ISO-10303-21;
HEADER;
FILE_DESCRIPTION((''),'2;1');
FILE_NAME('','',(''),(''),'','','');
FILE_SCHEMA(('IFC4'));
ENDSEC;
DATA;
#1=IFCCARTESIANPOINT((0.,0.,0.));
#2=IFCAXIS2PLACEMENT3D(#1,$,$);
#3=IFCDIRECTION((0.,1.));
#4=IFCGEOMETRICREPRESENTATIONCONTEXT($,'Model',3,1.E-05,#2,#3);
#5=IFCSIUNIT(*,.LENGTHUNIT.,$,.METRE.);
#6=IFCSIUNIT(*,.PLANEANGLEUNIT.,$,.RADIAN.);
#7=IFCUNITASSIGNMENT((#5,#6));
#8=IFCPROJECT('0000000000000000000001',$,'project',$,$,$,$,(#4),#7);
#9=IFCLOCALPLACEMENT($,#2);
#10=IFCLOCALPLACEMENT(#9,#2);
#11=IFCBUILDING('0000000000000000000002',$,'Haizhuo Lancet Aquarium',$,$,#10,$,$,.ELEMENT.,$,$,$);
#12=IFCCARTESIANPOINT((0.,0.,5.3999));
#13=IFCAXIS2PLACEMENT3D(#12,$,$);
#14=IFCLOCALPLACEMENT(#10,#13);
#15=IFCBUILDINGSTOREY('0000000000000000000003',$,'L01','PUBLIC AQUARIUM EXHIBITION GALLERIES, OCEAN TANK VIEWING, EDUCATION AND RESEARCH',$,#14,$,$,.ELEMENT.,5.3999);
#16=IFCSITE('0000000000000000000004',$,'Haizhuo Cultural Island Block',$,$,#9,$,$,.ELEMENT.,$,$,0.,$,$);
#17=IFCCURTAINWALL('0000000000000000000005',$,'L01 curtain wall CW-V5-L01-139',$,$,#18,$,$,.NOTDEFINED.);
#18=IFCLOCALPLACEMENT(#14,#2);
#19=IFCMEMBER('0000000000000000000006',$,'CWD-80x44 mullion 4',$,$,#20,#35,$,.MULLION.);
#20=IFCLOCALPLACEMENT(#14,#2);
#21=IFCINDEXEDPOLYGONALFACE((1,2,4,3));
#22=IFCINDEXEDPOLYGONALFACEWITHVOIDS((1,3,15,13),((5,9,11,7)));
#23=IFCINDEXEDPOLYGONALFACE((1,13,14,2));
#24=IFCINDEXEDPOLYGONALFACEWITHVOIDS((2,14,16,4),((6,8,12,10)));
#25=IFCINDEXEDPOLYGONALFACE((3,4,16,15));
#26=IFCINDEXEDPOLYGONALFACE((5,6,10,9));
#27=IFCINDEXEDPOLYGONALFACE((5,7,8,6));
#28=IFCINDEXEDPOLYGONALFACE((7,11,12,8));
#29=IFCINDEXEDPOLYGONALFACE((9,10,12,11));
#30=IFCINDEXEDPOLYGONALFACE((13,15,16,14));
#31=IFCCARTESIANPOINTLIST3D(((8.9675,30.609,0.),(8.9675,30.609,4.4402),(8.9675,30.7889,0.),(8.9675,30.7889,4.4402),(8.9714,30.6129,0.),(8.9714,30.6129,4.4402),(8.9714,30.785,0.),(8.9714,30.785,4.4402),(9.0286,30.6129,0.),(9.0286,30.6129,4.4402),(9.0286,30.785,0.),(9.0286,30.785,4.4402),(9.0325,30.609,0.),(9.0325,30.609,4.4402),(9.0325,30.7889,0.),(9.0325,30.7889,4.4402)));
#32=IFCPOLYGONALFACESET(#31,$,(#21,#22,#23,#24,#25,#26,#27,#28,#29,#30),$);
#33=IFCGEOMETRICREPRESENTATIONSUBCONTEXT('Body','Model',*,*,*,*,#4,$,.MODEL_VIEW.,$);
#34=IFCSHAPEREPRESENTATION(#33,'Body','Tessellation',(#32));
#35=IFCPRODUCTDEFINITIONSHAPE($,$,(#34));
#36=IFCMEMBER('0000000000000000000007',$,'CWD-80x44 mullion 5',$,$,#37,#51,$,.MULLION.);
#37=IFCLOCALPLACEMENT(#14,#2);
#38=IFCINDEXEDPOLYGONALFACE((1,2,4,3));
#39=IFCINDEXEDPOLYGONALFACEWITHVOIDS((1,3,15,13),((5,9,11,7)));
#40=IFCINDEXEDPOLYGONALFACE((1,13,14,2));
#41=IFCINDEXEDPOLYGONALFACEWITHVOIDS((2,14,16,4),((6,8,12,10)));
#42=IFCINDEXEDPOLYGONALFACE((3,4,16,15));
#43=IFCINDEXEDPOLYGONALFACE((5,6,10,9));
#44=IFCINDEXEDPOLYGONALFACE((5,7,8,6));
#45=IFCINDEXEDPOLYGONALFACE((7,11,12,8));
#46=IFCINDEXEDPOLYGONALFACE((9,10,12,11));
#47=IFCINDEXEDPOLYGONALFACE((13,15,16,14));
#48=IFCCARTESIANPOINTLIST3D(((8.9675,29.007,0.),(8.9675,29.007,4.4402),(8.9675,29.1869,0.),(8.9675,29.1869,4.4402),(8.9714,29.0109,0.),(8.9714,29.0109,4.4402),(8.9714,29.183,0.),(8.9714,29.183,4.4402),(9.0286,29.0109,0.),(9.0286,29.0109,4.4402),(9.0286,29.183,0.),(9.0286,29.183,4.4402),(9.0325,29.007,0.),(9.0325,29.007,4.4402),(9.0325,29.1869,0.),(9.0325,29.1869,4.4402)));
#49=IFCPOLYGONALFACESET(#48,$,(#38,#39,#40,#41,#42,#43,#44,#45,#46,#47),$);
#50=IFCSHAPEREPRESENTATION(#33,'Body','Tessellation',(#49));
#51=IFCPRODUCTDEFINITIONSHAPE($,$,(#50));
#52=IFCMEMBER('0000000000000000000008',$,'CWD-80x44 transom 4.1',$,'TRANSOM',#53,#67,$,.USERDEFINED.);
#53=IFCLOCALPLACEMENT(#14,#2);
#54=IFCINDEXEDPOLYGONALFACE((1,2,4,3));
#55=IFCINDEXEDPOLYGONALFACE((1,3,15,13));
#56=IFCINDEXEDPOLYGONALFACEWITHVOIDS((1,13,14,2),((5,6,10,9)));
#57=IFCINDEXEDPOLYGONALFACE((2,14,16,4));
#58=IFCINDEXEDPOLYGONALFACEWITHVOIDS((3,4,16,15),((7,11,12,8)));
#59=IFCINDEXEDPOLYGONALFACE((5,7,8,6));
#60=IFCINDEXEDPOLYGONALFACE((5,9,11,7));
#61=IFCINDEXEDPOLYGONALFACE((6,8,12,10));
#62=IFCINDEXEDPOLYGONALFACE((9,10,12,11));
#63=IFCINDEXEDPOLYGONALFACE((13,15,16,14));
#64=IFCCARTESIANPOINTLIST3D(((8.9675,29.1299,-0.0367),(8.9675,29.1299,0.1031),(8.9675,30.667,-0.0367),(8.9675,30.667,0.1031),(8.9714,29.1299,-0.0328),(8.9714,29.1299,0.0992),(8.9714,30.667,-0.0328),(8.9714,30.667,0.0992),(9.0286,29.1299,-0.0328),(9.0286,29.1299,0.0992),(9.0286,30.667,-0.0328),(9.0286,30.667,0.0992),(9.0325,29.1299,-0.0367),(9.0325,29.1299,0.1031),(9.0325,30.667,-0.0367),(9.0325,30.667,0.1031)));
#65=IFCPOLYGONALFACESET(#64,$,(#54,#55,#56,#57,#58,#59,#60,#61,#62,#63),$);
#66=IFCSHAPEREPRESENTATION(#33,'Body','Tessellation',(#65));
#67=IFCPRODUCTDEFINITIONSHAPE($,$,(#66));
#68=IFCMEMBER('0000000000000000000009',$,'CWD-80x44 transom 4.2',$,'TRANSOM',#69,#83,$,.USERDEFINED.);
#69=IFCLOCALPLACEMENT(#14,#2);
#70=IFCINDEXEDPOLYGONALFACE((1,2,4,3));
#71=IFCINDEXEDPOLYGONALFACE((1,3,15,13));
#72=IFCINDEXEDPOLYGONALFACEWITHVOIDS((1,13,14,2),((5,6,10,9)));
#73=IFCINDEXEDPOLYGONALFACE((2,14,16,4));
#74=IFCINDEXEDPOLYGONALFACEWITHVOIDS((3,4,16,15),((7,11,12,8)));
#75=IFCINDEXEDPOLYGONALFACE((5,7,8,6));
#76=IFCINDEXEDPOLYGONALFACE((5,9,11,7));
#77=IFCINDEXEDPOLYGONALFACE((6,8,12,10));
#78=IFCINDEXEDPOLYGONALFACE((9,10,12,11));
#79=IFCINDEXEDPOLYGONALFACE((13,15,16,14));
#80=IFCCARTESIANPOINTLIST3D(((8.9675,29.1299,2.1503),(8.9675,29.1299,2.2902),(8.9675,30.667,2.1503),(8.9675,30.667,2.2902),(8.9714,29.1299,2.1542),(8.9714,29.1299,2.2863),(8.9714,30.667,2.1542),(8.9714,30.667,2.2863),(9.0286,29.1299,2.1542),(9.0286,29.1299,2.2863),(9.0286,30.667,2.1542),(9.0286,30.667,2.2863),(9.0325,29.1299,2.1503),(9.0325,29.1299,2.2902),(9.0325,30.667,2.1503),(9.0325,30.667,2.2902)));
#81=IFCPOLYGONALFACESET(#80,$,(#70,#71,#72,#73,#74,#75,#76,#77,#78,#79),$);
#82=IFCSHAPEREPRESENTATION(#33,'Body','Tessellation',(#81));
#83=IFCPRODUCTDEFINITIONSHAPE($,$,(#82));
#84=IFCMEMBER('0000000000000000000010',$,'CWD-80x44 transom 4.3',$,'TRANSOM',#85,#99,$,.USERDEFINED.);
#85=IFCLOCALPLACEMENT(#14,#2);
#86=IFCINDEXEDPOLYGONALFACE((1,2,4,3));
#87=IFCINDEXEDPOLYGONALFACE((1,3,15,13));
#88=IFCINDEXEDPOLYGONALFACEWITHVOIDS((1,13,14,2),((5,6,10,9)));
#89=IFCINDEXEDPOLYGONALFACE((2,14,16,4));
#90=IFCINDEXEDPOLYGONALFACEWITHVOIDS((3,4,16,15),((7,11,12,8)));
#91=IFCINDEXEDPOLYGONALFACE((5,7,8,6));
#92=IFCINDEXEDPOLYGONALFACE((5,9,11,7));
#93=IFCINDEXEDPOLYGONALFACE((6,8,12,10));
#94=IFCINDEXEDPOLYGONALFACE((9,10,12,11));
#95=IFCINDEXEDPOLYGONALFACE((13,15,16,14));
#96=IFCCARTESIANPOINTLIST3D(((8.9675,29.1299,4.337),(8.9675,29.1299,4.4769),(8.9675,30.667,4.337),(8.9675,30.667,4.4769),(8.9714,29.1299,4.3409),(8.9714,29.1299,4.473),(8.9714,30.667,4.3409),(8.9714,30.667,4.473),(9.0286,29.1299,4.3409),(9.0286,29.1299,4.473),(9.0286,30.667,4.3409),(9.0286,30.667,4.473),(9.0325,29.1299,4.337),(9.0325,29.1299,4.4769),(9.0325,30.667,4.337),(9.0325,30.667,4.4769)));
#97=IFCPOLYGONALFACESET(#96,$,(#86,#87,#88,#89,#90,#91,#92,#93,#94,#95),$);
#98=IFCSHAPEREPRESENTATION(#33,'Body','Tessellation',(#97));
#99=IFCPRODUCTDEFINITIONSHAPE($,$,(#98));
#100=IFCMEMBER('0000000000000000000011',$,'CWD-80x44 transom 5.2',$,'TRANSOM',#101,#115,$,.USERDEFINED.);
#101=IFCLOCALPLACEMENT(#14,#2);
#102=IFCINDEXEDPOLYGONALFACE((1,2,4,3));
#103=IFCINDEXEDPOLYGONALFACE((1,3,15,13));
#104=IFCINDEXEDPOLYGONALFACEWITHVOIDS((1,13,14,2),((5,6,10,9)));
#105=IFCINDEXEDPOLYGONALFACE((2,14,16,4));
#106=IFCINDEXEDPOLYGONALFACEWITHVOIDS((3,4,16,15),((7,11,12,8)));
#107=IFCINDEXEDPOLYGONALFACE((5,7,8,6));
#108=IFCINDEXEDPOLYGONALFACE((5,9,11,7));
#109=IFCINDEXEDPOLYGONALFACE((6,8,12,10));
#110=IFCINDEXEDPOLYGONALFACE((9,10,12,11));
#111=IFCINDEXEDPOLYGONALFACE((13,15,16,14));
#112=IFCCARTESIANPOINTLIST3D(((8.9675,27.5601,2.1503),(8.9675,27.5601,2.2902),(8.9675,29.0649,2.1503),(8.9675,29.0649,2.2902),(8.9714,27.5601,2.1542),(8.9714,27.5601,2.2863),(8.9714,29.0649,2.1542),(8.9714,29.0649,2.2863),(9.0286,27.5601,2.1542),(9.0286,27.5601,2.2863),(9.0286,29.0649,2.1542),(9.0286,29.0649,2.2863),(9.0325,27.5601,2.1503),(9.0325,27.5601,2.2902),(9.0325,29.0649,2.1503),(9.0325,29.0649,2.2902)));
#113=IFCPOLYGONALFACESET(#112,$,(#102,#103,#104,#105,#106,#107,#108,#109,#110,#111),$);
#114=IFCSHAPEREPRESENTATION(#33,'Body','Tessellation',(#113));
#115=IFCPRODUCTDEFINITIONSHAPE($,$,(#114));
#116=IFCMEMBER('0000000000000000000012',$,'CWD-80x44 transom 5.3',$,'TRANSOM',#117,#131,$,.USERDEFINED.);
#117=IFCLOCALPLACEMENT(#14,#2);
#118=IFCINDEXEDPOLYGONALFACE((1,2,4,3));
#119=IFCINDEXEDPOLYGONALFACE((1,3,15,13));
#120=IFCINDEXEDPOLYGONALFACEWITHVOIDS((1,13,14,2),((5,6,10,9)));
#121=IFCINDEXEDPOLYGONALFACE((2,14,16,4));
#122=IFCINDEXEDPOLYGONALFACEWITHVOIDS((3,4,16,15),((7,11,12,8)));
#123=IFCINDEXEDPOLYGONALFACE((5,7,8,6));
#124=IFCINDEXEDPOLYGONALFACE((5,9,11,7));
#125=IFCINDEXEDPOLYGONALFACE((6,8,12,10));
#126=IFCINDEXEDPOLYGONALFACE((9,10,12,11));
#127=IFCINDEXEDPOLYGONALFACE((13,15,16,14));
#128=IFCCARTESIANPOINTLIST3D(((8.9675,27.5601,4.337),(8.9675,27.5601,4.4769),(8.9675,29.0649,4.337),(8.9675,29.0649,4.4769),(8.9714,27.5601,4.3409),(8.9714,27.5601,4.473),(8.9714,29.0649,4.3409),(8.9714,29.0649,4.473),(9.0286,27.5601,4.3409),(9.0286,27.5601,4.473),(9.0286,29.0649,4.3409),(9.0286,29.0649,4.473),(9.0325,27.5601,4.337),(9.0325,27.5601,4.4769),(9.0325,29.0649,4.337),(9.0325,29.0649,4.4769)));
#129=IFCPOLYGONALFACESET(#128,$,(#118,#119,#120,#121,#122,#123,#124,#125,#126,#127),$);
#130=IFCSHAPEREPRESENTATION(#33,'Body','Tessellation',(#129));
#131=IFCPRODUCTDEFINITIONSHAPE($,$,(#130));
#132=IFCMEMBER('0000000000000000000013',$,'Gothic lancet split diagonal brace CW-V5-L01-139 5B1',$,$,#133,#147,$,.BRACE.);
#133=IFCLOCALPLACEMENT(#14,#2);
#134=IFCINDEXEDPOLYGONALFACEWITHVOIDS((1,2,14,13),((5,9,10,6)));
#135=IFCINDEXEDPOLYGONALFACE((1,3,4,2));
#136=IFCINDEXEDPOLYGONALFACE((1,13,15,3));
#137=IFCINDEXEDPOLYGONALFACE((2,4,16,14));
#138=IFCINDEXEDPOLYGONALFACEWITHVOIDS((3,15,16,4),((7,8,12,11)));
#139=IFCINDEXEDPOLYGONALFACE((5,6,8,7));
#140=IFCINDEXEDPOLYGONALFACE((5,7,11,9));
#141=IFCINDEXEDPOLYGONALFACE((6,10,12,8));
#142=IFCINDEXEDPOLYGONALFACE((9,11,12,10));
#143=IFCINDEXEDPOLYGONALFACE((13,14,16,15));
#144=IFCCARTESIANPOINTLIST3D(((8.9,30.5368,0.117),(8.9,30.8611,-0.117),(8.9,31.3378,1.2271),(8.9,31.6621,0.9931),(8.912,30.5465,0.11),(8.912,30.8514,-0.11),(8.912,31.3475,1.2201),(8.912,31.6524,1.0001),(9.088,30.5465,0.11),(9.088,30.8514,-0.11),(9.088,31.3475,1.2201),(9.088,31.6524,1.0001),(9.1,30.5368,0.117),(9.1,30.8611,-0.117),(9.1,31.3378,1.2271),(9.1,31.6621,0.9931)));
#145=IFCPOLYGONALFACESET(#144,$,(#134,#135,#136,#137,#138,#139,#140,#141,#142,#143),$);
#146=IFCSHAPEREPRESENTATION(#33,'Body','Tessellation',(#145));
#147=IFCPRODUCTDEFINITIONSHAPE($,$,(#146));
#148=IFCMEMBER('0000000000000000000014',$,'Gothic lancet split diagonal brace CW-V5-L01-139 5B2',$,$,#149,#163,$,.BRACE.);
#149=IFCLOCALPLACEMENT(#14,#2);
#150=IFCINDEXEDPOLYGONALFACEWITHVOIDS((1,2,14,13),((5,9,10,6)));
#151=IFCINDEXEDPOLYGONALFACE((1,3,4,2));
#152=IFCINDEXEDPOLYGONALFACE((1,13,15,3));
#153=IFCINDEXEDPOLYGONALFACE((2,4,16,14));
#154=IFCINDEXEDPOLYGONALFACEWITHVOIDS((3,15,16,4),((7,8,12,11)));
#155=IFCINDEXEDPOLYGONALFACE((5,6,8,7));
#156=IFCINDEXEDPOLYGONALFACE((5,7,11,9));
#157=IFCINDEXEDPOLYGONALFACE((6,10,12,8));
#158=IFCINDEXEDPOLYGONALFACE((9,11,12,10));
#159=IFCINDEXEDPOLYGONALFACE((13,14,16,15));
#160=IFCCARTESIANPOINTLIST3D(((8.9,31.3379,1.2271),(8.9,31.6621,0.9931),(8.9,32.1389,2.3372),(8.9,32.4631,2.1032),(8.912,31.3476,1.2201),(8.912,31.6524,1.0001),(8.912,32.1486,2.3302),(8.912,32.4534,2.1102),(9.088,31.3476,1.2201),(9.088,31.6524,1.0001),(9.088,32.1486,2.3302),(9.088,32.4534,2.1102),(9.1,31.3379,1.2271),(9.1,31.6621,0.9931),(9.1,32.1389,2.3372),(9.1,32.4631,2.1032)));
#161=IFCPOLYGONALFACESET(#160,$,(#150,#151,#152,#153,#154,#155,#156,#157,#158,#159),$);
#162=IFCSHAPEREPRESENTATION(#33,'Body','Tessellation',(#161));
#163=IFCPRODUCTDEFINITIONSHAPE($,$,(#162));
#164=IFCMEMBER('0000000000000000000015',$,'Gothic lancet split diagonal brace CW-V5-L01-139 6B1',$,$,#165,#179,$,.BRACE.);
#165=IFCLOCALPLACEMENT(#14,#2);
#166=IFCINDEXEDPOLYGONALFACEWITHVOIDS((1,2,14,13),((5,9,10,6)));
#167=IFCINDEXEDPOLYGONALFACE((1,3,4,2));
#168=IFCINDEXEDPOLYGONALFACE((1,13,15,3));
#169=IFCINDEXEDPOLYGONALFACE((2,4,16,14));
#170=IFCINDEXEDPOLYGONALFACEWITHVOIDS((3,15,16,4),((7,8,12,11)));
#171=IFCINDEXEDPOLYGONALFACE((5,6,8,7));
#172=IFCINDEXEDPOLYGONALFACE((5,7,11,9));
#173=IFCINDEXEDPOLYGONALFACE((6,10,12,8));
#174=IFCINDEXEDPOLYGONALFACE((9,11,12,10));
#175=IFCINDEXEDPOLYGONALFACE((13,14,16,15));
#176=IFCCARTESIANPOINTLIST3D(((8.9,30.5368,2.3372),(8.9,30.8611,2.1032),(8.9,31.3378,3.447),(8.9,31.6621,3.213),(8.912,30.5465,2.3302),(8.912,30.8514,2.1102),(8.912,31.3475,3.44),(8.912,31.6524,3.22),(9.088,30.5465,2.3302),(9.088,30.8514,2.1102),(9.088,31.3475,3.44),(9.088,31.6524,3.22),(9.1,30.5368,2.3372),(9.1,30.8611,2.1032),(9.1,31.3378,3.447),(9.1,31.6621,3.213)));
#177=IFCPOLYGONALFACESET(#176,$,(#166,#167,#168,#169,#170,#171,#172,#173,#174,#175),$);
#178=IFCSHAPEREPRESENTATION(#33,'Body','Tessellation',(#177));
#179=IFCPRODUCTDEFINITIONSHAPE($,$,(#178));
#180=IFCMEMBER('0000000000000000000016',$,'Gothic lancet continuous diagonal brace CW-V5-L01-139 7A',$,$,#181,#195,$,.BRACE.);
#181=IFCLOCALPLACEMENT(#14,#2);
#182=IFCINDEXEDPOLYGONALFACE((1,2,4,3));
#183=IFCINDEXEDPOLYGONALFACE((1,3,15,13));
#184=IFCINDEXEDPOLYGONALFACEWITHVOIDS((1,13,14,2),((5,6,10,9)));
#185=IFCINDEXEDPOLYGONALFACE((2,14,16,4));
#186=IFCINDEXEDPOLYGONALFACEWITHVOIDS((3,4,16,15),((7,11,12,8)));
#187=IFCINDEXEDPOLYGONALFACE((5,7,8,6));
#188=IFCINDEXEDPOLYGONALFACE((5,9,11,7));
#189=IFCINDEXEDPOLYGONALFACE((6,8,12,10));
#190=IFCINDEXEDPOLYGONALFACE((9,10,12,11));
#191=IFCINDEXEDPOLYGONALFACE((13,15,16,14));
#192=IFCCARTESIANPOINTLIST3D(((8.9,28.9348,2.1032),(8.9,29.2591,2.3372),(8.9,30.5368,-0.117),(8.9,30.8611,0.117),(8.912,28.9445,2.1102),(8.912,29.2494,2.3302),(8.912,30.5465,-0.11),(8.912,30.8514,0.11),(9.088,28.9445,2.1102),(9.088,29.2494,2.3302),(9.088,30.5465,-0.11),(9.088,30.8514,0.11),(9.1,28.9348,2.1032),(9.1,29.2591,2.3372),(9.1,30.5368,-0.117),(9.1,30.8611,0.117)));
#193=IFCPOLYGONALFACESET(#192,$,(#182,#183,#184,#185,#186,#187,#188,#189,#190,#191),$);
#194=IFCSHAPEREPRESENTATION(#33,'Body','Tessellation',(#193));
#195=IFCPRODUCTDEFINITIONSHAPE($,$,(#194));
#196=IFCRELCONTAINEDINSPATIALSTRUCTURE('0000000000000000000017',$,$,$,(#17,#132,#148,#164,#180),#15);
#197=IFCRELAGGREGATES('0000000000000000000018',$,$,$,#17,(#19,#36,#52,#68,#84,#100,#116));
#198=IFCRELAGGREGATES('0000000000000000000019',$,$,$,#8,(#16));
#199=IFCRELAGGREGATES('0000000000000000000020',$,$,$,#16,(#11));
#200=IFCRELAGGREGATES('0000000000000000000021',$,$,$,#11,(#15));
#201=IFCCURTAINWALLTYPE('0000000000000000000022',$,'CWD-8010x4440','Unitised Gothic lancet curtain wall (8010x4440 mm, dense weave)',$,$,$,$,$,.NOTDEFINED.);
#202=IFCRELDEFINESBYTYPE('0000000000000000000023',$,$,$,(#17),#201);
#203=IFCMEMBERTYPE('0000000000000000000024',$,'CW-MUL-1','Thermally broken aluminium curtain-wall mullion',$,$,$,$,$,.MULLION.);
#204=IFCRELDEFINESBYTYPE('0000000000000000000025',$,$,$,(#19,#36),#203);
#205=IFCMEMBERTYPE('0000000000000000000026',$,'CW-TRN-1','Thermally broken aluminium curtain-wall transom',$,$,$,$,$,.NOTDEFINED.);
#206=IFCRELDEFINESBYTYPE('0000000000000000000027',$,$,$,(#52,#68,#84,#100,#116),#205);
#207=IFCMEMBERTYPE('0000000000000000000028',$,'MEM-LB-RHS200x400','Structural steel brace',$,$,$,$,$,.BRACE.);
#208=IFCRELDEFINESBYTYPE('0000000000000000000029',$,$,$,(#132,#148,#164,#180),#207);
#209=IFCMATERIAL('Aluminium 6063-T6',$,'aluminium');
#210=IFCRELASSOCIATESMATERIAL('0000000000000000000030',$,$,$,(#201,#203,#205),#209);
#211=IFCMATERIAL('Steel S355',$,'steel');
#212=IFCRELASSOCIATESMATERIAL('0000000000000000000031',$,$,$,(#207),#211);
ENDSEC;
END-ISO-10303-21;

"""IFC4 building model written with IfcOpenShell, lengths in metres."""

from ifc_helpers import new_model, si_unit, direction, frame, origin, origin_2d, place, context, subcontext, project, spatial, hollow_rectangle, extrude, material, material_profile, profile_set, type_object, element, aggregate, save


model = new_model("IFC4")

# Units and contexts
model_context = context("Model", 3, precision=1e-05, world=origin(), true_north=direction((0.0, 1.0)))
body_context = subcontext(model_context, "Body", "Model", "MODEL_VIEW")
ifc_project = project(units=[si_unit("LENGTHUNIT", "METRE"), si_unit("PLANEANGLEUNIT", "RADIAN")], contexts=[model_context])

# Site, building, storey
site_placement = place(None, origin())
site = spatial("IfcSite", under=ifc_project, at=site_placement, Name="Haizhuo Cultural Island Block", CompositionType="ELEMENT", RefElevation=0.0)
building_placement = place(site_placement, origin())
building = spatial("IfcBuilding", under=site, at=building_placement, Name="Haizhuo Lancet Aquarium", CompositionType="ELEMENT")
storey_placement = place(building_placement, frame((0.0, 0.0, 5.3999)))
storey = spatial("IfcBuildingStorey", under=building, at=storey_placement, Name="L01", Description="PUBLIC AQUARIUM EXHIBITION GALLERIES, OCEAN TANK VIEWING, EDUCATION AND RESEARCH", CompositionType="ELEMENT", Elevation=5.3999)

# Curtain wall, members
ifc_material_1 = material(Name="Aluminium 6063-T6", Category="aluminium")
curtain_wall_type = type_object("IfcCurtainWallType", Name="CWD-8010x4440", Description="Unitised Gothic lancet curtain wall (8010x4440 mm, dense weave)", PredefinedType="NOTDEFINED", material=ifc_material_1)
curtain_wall_placement = place(storey_placement, origin())
curtain_wall = element("IfcCurtainWall", 1, at=curtain_wall_placement, inside=storey, type_object=curtain_wall_type, Name="L01 curtain wall CW-V5-L01-139", PredefinedType="NOTDEFINED")
ifc_material_profile_1 = material_profile(ifc_material_1, hollow_rectangle(XDim=0.0649, YDim=0.1799, WallThickness=0.0039, at=origin_2d()), Name="ALU-M 65x180x4")
ifc_profile_set_1 = profile_set([ifc_material_profile_1], Name="Aluminium 6063-T6")
member_type_1 = type_object("IfcMemberType", Name="CW-MUL-1", Description="Thermally broken aluminium curtain-wall mullion", PredefinedType="MULLION", material=ifc_profile_set_1)
member_1_placement = place(storey_placement, frame((9.0, 30.699, 0.0), z_axis=(0.0, 0.0, 1.0), x_axis=(1.0, 0.0, 0.0)))
member_1 = element("IfcMember", 2, at=member_1_placement, type_object=member_type_1, Name="CWD-80x44 mullion 4", PredefinedType="MULLION", context=body_context, shape_type="SweptSolid", body=[
    extrude(hollow_rectangle(XDim=0.0649, YDim=0.1799, WallThickness=0.0039, at=origin_2d()), origin(), (0.0, 0.0, 1.0), 4.4402),
])
member_2_placement = place(storey_placement, frame((9.0, 29.0969, 0.0), z_axis=(0.0, 0.0, 1.0), x_axis=(1.0, 0.0, 0.0)))
member_2 = element("IfcMember", 3, at=member_2_placement, type_object=member_type_1, Name="CWD-80x44 mullion 5", PredefinedType="MULLION", context=body_context, shape_type="SweptSolid", body=[
    extrude(hollow_rectangle(XDim=0.0649, YDim=0.1799, WallThickness=0.0039, at=origin_2d()), origin(), (0.0, 0.0, 1.0), 4.4402),
])
ifc_material_profile_2 = material_profile(ifc_material_1, hollow_rectangle(XDim=0.0649, YDim=0.1399, WallThickness=0.0039, at=origin_2d()), Name="ALU-T 65x140x4")
ifc_profile_set_2 = profile_set([ifc_material_profile_2], Name="Aluminium 6063-T6")
member_type_2 = type_object("IfcMemberType", Name="CW-TRN-1", Description="Thermally broken aluminium curtain-wall transom", PredefinedType="NOTDEFINED", material=ifc_profile_set_2)
member_3_placement = place(storey_placement, frame((9.0, 30.667, 0.0332), z_axis=(0.0, -1.0, 0.0), x_axis=(1.0, 0.0, 0.0)))
member_3 = element("IfcMember", 4, at=member_3_placement, type_object=member_type_2, Name="CWD-80x44 transom 4.1", ObjectType="TRANSOM", PredefinedType="USERDEFINED", context=body_context, shape_type="SweptSolid", body=[
    extrude(hollow_rectangle(XDim=0.0649, YDim=0.1399, WallThickness=0.0039, at=origin_2d()), origin(), (0.0, 0.0, 1.0), 1.5371),
])
member_4_placement = place(storey_placement, frame((9.0, 30.667, 2.2202), z_axis=(0.0, -1.0, 0.0), x_axis=(1.0, 0.0, 0.0)))
member_4 = element("IfcMember", 5, at=member_4_placement, type_object=member_type_2, Name="CWD-80x44 transom 4.2", ObjectType="TRANSOM", PredefinedType="USERDEFINED", context=body_context, shape_type="SweptSolid", body=[
    extrude(hollow_rectangle(XDim=0.0649, YDim=0.1399, WallThickness=0.0039, at=origin_2d()), origin(), (0.0, 0.0, 1.0), 1.5371),
])
member_5_placement = place(storey_placement, frame((9.0, 30.667, 4.407), z_axis=(0.0, -1.0, 0.0), x_axis=(1.0, 0.0, 0.0)))
member_5 = element("IfcMember", 6, at=member_5_placement, type_object=member_type_2, Name="CWD-80x44 transom 4.3", ObjectType="TRANSOM", PredefinedType="USERDEFINED", context=body_context, shape_type="SweptSolid", body=[
    extrude(hollow_rectangle(XDim=0.0649, YDim=0.1399, WallThickness=0.0039, at=origin_2d()), origin(), (0.0, 0.0, 1.0), 1.5371),
])
member_6_placement = place(storey_placement, frame((9.0, 29.0649, 2.2202), z_axis=(0.0, -1.0, 0.0), x_axis=(1.0, 0.0, 0.0)))
member_6 = element("IfcMember", 7, at=member_6_placement, type_object=member_type_2, Name="CWD-80x44 transom 5.2", ObjectType="TRANSOM", PredefinedType="USERDEFINED", context=body_context, shape_type="SweptSolid", body=[
    extrude(hollow_rectangle(XDim=0.0649, YDim=0.1399, WallThickness=0.0039, at=origin_2d()), origin(), (0.0, 0.0, 1.0), 1.5049),
])
member_7_placement = place(storey_placement, frame((9.0, 29.0649, 4.407), z_axis=(0.0, -1.0, 0.0), x_axis=(1.0, 0.0, 0.0)))
member_7 = element("IfcMember", 8, at=member_7_placement, type_object=member_type_2, Name="CWD-80x44 transom 5.3", ObjectType="TRANSOM", PredefinedType="USERDEFINED", context=body_context, shape_type="SweptSolid", body=[
    extrude(hollow_rectangle(XDim=0.0649, YDim=0.1399, WallThickness=0.0039, at=origin_2d()), origin(), (0.0, 0.0, 1.0), 1.5049),
])

# Members
ifc_material_2 = material(Name="Steel S355", Category="steel")
ifc_material_profile_3 = material_profile(ifc_material_2, hollow_rectangle(XDim=0.2, YDim=0.3999, WallThickness=0.012, at=origin_2d()), Name="RHS 200x400x12")
ifc_profile_set_3 = profile_set([ifc_material_profile_3], Name="Steel S355")
member_type_3 = type_object("IfcMemberType", Name="MEM-LB-RHS200x400", Description="Structural steel brace", PredefinedType="BRACE", material=ifc_profile_set_3)
for number, where, z_axis, x_axis, name in (
    (9, (9.0, 30.699, 0.0), (0.0, 0.585145, 0.810928), (-1.0, 0.0, 0.0), "Gothic lancet split diagonal brace CW-V5-L01-139 5B1"),
    (10, (9.0, 31.5, 1.1101), (0.0, 0.585145, 0.810928), (-1.0, 0.0, 0.0), "Gothic lancet split diagonal brace CW-V5-L01-139 5B2"),
):
    element("IfcMember", number, at=place(storey_placement, frame(where, z_axis=z_axis, x_axis=x_axis)), inside=storey, type_object=member_type_3, Name=name, PredefinedType="BRACE", context=body_context, shape_type="SweptSolid", body=[
        extrude(hollow_rectangle(XDim=0.2, YDim=0.3999, WallThickness=0.012, at=origin_2d()), origin(), (0.0, 0.0, 1.0), 1.3689),
    ])
member_8_placement = place(storey_placement, frame((9.0, 30.699, 2.2202), z_axis=(0.0, 0.58523, 0.810867), x_axis=(-1.0, 0.0, 0.0)))
element("IfcMember", 11, at=member_8_placement, inside=storey, type_object=member_type_3, Name="Gothic lancet split diagonal brace CW-V5-L01-139 6B1", PredefinedType="BRACE", context=body_context, shape_type="SweptSolid", body=[
    extrude(hollow_rectangle(XDim=0.2, YDim=0.3999, WallThickness=0.012, at=origin_2d()), origin(), (0.0, 0.0, 1.0), 1.3687),
])
member_9_placement = place(storey_placement, frame((9.0, 30.699, 0.0), z_axis=(0.0, -0.585145, 0.810928), x_axis=(1.0, 0.0, 0.0)))
element("IfcMember", 12, at=member_9_placement, inside=storey, type_object=member_type_3, Name="Gothic lancet continuous diagonal brace CW-V5-L01-139 7A", PredefinedType="BRACE", context=body_context, shape_type="SweptSolid", body=[
    extrude(hollow_rectangle(XDim=0.2, YDim=0.3999, WallThickness=0.012, at=origin_2d()), origin(), (0.0, 0.0, 1.0), 2.7378),
])

aggregate(curtain_wall, [member_1, member_2, member_3, member_4, member_5, member_6, member_7])

save(model, "model.ifc")
